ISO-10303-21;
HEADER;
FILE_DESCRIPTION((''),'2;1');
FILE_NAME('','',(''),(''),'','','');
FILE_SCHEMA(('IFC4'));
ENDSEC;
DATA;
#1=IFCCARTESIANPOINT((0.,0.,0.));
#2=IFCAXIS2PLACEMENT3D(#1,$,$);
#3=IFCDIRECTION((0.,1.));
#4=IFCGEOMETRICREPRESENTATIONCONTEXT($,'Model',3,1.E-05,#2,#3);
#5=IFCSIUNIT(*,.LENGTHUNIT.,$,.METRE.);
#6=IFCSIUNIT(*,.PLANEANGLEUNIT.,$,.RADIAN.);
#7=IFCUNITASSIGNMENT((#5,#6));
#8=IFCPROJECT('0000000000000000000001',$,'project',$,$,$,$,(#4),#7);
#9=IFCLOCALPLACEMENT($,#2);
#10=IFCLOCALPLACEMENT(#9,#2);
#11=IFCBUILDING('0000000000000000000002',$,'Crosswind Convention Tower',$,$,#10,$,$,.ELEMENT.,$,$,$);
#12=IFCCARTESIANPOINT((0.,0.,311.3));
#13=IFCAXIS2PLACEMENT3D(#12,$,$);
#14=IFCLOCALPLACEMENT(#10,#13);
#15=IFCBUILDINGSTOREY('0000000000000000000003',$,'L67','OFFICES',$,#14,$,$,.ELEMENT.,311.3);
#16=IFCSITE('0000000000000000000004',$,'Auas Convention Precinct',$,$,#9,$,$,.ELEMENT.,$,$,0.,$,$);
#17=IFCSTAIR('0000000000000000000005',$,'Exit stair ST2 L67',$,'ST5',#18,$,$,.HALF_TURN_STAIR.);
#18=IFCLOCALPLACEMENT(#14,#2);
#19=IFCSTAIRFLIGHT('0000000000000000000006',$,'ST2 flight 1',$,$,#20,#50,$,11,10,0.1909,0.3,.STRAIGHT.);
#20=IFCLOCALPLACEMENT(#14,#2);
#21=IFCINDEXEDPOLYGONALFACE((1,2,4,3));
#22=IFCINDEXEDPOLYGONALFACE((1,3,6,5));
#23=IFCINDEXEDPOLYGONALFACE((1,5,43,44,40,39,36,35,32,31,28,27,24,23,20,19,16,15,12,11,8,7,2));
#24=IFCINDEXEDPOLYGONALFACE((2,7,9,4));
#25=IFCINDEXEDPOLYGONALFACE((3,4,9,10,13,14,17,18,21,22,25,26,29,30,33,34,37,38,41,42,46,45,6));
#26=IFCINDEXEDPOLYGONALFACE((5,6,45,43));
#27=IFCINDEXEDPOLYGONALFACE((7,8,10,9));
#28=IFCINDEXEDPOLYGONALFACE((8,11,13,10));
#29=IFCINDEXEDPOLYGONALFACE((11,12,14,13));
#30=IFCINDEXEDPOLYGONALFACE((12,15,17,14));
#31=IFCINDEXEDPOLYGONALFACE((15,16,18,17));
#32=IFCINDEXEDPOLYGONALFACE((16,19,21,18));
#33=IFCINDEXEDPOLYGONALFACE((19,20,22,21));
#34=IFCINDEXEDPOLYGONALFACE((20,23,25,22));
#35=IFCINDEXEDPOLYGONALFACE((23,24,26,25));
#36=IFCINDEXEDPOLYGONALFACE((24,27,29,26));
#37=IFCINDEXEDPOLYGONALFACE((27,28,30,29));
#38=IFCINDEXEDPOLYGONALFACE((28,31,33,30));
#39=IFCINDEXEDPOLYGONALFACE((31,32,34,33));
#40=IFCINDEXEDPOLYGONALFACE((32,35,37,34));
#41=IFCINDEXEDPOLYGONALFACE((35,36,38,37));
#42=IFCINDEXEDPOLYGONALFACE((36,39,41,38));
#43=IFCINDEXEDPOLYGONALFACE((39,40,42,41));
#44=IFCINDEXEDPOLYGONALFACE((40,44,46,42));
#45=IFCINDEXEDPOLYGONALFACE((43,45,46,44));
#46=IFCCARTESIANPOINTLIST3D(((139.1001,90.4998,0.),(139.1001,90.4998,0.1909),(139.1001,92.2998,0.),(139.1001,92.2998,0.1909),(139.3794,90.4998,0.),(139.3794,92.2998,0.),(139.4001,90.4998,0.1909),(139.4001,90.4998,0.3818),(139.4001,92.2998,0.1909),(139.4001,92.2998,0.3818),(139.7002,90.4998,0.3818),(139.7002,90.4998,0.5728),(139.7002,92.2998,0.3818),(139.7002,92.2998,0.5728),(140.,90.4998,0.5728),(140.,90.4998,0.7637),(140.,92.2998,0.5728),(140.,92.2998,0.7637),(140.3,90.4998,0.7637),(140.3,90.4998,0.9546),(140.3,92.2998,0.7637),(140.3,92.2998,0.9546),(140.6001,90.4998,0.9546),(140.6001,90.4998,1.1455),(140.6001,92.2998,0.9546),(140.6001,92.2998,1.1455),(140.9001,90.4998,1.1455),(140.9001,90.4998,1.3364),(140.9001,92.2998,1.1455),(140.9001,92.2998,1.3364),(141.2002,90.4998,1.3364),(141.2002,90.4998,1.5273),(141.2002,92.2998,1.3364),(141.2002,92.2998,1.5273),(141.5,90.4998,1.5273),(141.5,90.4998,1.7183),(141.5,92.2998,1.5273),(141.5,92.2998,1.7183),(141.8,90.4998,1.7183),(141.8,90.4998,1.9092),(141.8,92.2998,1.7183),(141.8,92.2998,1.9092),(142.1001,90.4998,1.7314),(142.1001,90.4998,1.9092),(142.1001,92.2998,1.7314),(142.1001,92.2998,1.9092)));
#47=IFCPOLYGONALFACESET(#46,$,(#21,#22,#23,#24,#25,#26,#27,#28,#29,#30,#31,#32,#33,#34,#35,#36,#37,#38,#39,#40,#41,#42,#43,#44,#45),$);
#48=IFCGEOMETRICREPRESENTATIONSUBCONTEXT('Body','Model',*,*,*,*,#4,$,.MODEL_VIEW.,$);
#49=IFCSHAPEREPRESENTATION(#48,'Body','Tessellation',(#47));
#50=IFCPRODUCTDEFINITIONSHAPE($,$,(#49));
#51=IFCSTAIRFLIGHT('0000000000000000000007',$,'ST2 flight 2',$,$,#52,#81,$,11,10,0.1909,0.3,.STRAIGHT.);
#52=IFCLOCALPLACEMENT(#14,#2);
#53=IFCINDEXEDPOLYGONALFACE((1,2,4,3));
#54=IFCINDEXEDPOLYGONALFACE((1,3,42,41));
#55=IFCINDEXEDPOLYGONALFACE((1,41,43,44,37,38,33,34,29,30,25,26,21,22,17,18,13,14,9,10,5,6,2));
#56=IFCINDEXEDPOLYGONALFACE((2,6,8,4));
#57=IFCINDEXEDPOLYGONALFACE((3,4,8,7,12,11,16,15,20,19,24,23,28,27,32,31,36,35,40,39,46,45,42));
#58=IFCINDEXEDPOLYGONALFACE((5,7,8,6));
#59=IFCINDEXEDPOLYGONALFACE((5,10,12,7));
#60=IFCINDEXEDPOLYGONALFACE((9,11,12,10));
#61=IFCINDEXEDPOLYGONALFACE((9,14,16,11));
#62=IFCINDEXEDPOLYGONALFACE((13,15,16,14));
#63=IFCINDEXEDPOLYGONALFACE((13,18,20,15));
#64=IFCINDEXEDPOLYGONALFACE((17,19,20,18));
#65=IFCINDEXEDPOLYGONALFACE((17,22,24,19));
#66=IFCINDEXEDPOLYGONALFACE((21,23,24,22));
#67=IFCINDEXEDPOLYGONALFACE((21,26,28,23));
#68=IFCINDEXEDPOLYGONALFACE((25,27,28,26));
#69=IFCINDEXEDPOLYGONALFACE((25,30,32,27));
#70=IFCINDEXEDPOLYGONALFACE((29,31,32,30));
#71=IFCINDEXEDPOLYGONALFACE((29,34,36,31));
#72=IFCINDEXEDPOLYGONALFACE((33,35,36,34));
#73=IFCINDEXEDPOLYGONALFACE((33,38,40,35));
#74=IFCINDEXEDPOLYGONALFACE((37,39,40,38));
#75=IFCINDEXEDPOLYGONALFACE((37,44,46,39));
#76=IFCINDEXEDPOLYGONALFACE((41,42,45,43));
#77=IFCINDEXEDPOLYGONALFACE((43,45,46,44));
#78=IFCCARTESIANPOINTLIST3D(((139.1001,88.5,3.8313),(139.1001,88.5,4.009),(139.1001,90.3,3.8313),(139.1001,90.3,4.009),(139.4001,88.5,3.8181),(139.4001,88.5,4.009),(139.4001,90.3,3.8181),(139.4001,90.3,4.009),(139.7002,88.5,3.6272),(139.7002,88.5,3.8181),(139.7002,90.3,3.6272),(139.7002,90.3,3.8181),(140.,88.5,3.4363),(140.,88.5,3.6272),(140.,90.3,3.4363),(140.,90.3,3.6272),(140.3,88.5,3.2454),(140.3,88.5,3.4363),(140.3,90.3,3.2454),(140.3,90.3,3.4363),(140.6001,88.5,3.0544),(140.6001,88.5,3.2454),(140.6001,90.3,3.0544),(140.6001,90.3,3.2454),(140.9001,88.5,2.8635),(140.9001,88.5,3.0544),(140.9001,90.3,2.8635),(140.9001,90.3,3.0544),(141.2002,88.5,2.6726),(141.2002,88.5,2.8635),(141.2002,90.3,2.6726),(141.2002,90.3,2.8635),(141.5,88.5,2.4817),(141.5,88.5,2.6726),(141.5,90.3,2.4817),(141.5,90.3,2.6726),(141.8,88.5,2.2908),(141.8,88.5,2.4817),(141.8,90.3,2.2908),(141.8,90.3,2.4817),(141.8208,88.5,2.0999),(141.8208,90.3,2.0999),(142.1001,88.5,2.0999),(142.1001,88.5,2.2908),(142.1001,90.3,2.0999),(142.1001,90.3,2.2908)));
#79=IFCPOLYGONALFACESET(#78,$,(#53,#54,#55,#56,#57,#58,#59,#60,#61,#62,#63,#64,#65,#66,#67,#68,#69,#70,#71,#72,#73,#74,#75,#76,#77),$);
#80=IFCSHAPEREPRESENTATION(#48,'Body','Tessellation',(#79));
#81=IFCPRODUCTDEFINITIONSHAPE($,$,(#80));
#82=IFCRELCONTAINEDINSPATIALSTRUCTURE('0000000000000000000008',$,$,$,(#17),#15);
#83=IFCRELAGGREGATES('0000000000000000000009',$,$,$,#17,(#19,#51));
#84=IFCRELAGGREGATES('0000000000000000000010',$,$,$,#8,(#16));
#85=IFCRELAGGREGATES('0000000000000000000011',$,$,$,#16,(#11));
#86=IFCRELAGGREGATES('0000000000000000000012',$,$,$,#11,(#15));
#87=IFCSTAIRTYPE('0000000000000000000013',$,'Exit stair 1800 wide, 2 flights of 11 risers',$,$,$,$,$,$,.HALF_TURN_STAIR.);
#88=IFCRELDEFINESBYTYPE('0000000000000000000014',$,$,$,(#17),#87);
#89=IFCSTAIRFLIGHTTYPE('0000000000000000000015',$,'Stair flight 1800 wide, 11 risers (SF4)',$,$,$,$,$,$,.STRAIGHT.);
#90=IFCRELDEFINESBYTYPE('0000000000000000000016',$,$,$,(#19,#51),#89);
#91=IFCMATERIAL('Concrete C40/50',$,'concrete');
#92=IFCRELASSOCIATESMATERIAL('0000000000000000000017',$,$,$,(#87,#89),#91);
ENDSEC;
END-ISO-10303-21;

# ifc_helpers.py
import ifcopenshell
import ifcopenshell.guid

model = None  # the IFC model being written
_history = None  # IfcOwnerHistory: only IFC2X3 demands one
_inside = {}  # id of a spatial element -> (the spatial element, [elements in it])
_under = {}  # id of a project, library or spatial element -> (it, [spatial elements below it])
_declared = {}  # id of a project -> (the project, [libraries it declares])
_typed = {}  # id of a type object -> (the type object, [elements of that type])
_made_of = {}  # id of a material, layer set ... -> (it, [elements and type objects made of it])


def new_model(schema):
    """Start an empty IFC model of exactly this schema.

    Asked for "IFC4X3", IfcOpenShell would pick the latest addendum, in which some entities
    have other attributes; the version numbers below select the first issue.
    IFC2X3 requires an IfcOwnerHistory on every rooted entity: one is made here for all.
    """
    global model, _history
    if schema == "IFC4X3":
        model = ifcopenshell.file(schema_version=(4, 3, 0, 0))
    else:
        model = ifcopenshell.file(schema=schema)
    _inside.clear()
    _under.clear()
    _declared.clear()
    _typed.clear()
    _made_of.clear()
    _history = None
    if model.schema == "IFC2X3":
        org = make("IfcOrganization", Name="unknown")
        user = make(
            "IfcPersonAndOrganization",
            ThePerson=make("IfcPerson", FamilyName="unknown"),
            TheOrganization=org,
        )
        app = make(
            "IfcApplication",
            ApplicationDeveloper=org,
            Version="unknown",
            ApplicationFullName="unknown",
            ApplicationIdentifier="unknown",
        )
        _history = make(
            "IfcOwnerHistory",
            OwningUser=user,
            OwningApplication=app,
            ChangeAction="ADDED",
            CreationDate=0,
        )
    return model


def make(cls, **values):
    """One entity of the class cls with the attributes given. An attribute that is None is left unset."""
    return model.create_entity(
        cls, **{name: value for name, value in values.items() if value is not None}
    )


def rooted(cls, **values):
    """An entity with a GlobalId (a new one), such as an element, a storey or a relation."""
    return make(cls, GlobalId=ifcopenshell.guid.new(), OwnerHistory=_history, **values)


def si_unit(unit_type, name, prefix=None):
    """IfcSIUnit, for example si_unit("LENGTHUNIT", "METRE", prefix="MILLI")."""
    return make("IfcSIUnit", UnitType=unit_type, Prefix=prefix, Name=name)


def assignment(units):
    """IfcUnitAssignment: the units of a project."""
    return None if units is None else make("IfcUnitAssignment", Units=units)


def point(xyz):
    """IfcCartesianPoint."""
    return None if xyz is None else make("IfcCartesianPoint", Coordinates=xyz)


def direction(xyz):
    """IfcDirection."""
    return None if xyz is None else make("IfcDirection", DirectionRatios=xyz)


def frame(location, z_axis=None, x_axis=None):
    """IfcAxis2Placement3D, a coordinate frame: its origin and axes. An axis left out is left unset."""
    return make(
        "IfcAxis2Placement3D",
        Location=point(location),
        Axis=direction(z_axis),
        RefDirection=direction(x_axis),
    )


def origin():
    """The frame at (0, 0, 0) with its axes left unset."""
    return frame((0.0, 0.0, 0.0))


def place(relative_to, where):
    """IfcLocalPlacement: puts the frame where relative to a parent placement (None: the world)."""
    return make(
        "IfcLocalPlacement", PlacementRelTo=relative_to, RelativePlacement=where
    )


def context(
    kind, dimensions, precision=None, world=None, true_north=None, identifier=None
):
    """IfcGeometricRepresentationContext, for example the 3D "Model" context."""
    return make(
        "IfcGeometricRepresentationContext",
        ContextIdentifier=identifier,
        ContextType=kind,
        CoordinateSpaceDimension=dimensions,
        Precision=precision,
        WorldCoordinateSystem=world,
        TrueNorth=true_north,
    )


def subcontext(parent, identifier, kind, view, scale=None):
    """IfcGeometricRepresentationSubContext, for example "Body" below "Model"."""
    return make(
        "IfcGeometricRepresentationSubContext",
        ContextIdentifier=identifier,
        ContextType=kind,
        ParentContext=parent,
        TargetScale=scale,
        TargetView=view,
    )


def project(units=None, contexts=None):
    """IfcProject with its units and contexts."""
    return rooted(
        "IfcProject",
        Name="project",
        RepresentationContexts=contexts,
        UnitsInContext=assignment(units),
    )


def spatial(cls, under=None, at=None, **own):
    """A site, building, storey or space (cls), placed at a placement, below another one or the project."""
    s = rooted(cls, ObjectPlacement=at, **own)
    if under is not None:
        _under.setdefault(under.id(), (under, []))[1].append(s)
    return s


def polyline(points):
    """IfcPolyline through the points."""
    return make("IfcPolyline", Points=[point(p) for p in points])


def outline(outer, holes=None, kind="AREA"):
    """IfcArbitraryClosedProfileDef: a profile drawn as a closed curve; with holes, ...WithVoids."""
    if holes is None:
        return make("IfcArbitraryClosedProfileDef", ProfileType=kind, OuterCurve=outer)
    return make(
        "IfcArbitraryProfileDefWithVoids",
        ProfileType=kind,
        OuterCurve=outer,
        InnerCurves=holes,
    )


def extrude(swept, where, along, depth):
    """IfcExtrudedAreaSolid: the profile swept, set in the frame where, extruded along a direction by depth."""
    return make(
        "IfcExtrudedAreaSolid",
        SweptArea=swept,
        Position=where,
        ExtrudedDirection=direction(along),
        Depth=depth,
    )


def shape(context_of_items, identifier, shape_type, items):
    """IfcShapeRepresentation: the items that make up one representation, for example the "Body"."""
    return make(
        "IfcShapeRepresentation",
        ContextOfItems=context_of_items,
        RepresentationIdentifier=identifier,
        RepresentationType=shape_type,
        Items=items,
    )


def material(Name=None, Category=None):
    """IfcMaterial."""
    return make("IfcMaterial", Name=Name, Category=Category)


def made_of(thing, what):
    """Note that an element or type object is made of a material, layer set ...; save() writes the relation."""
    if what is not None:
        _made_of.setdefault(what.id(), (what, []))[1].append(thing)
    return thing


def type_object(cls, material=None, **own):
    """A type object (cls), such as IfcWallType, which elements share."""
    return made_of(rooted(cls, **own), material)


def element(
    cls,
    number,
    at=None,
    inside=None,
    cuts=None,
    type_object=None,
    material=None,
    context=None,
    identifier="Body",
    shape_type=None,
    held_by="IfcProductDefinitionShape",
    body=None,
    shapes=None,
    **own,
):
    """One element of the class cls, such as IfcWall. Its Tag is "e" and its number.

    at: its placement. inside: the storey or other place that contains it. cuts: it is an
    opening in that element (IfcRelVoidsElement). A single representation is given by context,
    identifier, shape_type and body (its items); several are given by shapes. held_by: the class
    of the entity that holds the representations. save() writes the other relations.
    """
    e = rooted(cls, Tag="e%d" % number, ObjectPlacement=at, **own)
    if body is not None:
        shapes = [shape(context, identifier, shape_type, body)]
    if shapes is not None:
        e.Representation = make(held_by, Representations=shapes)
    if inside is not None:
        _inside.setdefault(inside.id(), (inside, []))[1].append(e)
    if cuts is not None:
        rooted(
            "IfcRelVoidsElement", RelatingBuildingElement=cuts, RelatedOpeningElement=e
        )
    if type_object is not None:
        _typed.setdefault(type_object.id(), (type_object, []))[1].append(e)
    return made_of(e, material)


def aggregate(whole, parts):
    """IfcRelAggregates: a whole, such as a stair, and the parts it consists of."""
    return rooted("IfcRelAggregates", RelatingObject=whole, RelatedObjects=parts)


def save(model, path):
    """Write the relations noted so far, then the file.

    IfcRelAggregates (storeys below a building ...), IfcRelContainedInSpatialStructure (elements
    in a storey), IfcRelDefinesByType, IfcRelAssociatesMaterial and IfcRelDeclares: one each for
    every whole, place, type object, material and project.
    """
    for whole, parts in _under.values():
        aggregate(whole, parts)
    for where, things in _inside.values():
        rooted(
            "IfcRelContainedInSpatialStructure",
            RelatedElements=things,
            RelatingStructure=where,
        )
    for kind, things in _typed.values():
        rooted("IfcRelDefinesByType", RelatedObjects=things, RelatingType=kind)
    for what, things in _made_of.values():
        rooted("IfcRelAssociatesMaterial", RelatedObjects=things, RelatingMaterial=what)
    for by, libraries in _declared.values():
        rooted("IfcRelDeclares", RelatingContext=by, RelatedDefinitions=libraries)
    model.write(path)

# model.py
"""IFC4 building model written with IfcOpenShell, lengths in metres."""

from ifc_helpers import new_model, si_unit, direction, frame, origin, place, context, subcontext, project, spatial, polyline, outline, extrude, material, type_object, element, aggregate, save


model = new_model("IFC4")

# Units and contexts
model_context = context("Model", 3, precision=1e-05, world=origin(), true_north=direction((0.0, 1.0)))
body_context = subcontext(model_context, "Body", "Model", "MODEL_VIEW")
ifc_project = project(units=[si_unit("LENGTHUNIT", "METRE"), si_unit("PLANEANGLEUNIT", "RADIAN")], contexts=[model_context])

# Site, building, storey
site_placement = place(None, origin())
site = spatial("IfcSite", under=ifc_project, at=site_placement, Name="Auas Convention Precinct", CompositionType="ELEMENT", RefElevation=0.0)
building_placement = place(site_placement, origin())
building = spatial("IfcBuilding", under=site, at=building_placement, Name="Crosswind Convention Tower", CompositionType="ELEMENT")
storey_placement = place(building_placement, frame((0.0, 0.0, 311.3)))
storey = spatial("IfcBuildingStorey", under=building, at=storey_placement, Name="L67", Description="OFFICES", CompositionType="ELEMENT", Elevation=311.3)

# Stair, stair flights
ifc_material_1 = material(Name="Concrete C40/50", Category="concrete")
stair_type = type_object("IfcStairType", Name="Exit stair 1800 wide, 2 flights of 11 risers", PredefinedType="HALF_TURN_STAIR", material=ifc_material_1)
stair_placement = place(storey_placement, origin())
stair = element("IfcStair", 1, at=stair_placement, inside=storey, type_object=stair_type, Name="Exit stair ST2 L67", ObjectType="ST5", PredefinedType="HALF_TURN_STAIR")
stair_flight_type = type_object("IfcStairFlightType", Name="Stair flight 1800 wide, 11 risers (SF4)", PredefinedType="STRAIGHT", material=ifc_material_1)
stair_flight_1_placement = place(storey_placement, frame((139.1001, 91.3999, 0.0), z_axis=(0.0, 0.0, 1.0), x_axis=(1.0, 0.0, 0.0)))
stair_flight_1 = element("IfcStairFlight", 2, at=stair_flight_1_placement, type_object=stair_flight_type, Name="ST2 flight 1", NumberOfRisers=11, NumberOfTreads=10, PredefinedType="STRAIGHT", RiserHeight=0.1909, TreadLength=0.3, context=body_context, shape_type="SweptSolid", body=[
    extrude(outline(polyline([(0.0, 0.0), (0.0, 0.1909), (0.3, 0.1909), (0.3, 0.3818), (0.6001, 0.3818), (0.6001, 0.5728), (0.8999, 0.5728), (0.8999, 0.7637), (1.2, 0.7637), (1.2, 0.9546), (1.5, 0.9546), (1.5, 1.1455), (1.8, 1.1455), (1.8, 1.3364), (2.1001, 1.3364), (2.1001, 1.5273), (2.3999, 1.5273), (2.3999, 1.7183), (2.7, 1.7183), (2.7, 1.9092), (3.0, 1.9092), (3.0, 2.1001), (3.0, 1.7314), (0.2793, 0.0), (0.0, 0.0)])), frame((0.0, 0.8999, 0.0), z_axis=(0.0, -1.0, 0.0), x_axis=(1.0, 0.0, 0.0)), (0.0, 0.0, 1.0), 1.8),
])
stair_flight_2_placement = place(storey_placement, frame((142.1001, 89.3999, 2.0999), z_axis=(0.0, 0.0, 1.0), x_axis=(-1.0, 0.0, 0.0)))
stair_flight_2 = element("IfcStairFlight", 3, at=stair_flight_2_placement, type_object=stair_flight_type, Name="ST2 flight 2", NumberOfRisers=11, NumberOfTreads=10, PredefinedType="STRAIGHT", RiserHeight=0.1909, TreadLength=0.3, context=body_context, shape_type="SweptSolid", body=[
    extrude(outline(polyline([(0.0, 0.0), (0.0, 0.1909), (0.3, 0.1909), (0.3, 0.3818), (0.6001, 0.3818), (0.6001, 0.5728), (0.8999, 0.5728), (0.8999, 0.7637), (1.2, 0.7637), (1.2, 0.9546), (1.5, 0.9546), (1.5, 1.1455), (1.8, 1.1455), (1.8, 1.3364), (2.1001, 1.3364), (2.1001, 1.5273), (2.3999, 1.5273), (2.3999, 1.7183), (2.7, 1.7183), (2.7, 1.9092), (3.0, 1.9092), (3.0, 2.1001), (3.0, 1.7314), (0.2793, 0.0), (0.0, 0.0)])), frame((0.0, 0.8999, 0.0), z_axis=(0.0, -1.0, 0.0), x_axis=(1.0, 0.0, 0.0)), (0.0, 0.0, 1.0), 1.8),
])
aggregate(stair, [stair_flight_1, stair_flight_2])

save(model, "model.ifc")
